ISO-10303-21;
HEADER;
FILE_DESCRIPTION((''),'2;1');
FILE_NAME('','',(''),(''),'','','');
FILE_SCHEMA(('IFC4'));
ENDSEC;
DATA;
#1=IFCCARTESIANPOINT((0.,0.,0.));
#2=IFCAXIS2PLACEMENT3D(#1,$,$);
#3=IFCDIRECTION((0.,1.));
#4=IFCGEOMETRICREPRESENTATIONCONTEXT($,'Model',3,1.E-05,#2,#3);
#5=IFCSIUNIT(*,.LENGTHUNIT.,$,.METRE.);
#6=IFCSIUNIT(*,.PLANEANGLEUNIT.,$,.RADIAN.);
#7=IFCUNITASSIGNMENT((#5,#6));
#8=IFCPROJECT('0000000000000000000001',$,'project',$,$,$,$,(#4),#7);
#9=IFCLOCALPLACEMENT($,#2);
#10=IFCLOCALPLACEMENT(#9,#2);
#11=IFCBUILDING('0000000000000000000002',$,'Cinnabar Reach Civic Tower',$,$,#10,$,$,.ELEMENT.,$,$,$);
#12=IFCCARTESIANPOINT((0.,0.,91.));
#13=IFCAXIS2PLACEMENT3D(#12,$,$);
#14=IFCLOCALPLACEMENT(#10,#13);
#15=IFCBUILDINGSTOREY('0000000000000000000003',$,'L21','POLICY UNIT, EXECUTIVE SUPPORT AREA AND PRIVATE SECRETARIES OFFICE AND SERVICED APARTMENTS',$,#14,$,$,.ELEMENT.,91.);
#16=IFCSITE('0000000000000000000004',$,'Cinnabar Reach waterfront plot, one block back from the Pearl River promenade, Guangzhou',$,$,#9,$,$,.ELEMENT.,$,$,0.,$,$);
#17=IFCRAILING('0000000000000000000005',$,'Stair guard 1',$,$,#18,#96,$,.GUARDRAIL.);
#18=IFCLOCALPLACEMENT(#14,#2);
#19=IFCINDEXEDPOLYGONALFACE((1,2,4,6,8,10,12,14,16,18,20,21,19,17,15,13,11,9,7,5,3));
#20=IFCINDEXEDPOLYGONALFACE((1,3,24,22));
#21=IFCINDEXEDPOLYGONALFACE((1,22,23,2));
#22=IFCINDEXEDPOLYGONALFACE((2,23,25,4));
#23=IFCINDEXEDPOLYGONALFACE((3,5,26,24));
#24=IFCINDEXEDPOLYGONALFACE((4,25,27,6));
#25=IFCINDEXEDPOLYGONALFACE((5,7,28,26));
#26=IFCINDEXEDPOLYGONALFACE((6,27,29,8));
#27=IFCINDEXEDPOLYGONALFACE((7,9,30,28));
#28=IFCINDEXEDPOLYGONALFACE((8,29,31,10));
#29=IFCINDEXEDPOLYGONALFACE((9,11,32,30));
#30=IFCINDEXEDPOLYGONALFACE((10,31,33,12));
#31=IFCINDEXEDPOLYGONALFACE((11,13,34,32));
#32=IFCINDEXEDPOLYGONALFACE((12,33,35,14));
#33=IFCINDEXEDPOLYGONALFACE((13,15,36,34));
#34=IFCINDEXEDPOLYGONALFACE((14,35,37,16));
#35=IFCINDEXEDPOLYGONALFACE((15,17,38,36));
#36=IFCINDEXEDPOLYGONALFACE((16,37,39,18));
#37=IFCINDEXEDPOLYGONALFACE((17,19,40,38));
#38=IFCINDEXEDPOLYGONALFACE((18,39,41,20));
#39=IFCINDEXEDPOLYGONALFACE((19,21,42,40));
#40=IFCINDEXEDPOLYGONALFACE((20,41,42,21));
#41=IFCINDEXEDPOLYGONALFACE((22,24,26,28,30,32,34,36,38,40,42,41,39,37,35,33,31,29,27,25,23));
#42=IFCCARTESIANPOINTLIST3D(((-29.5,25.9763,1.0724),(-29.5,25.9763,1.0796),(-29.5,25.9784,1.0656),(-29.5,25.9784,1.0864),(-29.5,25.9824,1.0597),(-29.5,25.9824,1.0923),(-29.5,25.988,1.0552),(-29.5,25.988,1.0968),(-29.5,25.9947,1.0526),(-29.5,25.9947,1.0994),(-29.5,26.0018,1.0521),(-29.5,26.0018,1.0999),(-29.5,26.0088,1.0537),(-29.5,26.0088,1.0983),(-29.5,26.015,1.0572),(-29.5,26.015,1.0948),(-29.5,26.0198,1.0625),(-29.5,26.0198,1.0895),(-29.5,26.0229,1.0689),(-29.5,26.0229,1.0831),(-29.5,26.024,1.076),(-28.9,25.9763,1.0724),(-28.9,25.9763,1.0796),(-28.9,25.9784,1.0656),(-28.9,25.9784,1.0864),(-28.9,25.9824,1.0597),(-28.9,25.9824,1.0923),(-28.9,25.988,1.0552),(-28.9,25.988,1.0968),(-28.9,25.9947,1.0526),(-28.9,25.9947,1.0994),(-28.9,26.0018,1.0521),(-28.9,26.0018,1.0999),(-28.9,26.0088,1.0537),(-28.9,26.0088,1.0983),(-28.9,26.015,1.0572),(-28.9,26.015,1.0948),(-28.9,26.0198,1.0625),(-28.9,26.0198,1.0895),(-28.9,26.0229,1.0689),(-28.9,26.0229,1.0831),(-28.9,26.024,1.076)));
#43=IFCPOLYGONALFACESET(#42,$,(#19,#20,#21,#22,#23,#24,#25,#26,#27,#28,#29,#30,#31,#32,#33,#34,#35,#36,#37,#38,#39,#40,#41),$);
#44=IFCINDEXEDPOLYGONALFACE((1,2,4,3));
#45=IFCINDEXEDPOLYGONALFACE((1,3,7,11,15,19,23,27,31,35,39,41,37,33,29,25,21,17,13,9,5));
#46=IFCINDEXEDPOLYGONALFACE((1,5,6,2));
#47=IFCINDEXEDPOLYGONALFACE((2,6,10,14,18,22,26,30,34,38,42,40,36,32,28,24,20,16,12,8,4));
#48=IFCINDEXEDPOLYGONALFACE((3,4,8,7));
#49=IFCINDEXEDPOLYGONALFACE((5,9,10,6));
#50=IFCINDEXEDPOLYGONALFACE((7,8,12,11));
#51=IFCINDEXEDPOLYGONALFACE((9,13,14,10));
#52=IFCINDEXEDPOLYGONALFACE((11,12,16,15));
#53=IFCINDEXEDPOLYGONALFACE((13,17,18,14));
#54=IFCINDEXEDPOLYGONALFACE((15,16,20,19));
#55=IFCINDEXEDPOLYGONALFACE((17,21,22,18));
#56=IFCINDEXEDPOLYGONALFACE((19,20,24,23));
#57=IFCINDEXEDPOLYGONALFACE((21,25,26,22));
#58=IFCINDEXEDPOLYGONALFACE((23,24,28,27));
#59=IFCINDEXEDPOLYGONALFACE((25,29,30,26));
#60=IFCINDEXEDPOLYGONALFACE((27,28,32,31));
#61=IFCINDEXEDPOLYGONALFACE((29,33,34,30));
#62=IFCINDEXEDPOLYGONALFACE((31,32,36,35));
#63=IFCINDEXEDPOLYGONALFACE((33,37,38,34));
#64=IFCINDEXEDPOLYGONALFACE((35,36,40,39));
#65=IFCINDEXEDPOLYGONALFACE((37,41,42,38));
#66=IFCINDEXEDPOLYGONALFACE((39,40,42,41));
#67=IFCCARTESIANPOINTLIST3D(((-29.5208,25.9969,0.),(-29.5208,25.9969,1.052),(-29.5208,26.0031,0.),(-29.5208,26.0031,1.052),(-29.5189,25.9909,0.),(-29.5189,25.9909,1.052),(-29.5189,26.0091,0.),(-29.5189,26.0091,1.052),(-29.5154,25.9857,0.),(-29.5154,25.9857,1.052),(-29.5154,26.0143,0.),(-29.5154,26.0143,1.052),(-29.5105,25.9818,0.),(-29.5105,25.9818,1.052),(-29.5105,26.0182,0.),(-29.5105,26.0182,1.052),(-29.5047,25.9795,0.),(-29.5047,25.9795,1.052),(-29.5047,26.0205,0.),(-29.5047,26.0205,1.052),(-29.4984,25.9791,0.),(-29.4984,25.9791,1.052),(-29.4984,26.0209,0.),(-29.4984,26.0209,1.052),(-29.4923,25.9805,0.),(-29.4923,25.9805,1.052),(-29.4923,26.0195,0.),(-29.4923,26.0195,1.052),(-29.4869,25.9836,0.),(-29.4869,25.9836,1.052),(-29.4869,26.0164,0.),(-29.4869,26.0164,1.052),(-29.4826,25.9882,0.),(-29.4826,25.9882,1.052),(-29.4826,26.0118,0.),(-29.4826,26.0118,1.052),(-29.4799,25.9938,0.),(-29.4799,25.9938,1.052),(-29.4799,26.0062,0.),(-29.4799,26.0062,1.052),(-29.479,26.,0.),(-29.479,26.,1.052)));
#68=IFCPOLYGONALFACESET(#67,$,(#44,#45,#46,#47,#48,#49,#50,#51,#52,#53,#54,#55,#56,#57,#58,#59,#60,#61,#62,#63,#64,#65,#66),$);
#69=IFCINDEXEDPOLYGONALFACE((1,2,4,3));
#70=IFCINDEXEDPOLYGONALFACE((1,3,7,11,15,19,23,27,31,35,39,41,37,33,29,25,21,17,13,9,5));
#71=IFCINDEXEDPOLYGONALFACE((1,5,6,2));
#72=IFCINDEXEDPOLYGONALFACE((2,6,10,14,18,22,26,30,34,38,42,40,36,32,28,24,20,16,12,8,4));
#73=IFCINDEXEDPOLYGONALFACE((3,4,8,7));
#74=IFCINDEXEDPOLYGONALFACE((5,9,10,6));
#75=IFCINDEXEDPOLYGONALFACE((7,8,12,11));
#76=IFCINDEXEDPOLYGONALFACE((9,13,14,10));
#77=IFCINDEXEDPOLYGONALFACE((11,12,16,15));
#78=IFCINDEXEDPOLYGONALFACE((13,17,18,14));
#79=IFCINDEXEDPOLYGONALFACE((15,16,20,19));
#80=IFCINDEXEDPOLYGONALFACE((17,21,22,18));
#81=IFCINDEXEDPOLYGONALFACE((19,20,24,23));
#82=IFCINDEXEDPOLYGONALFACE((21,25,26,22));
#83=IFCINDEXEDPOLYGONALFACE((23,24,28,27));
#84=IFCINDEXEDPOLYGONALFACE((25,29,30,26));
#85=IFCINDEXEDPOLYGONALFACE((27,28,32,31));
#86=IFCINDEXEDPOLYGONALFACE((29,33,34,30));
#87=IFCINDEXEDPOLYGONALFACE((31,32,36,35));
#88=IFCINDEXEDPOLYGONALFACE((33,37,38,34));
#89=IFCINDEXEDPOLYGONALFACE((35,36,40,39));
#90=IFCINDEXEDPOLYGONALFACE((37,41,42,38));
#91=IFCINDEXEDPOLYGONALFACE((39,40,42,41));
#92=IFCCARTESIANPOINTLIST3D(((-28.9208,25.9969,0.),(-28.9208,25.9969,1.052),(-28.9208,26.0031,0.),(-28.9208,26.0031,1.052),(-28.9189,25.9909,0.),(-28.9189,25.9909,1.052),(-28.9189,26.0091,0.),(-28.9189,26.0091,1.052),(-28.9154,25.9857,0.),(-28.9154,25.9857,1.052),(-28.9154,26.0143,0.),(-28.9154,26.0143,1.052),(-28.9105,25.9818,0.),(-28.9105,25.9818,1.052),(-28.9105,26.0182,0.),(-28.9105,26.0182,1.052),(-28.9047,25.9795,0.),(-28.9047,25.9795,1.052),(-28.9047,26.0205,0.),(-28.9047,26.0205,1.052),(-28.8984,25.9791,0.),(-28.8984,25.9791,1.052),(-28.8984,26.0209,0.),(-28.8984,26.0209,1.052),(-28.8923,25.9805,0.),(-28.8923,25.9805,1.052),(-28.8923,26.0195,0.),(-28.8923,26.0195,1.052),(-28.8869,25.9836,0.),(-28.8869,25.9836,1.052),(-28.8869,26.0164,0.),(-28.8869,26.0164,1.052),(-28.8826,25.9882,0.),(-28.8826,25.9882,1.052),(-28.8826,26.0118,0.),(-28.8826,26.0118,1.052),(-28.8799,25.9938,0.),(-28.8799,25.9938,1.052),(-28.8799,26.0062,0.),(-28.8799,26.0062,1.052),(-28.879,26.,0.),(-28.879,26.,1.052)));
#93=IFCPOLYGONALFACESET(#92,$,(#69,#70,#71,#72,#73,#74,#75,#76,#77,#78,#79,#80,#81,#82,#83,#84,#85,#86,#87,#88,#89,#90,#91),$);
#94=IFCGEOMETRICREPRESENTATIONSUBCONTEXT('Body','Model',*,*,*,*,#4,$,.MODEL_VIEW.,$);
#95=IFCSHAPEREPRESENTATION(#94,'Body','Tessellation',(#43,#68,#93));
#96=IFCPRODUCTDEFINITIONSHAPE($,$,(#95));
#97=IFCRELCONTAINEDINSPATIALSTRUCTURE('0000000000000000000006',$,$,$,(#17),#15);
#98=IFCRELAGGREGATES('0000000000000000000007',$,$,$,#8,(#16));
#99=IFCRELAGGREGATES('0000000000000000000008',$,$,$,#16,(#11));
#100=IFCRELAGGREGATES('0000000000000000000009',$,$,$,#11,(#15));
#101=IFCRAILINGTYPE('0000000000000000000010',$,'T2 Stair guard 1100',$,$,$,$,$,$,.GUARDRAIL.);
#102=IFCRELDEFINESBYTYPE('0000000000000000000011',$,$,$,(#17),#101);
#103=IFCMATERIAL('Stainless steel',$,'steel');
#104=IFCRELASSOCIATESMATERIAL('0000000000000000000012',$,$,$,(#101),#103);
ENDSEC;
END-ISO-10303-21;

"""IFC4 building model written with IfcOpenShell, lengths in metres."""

from ifc_helpers import new_model, si_unit, direction, frame, origin, origin_2d, place, context, subcontext, project, spatial, circle, extrude, material, type_object, element, save


model = new_model("IFC4")

# Units and contexts
model_context = context("Model", 3, precision=1e-05, world=origin(), true_north=direction((0.0, 1.0)))
body_context = subcontext(model_context, "Body", "Model", "MODEL_VIEW")
ifc_project = project(units=[si_unit("LENGTHUNIT", "METRE"), si_unit("PLANEANGLEUNIT", "RADIAN")], contexts=[model_context])

# Site, building, storey
site_placement = place(None, origin())
site = spatial("IfcSite", under=ifc_project, at=site_placement, Name="Cinnabar Reach waterfront plot, one block back from the Pearl River promenade, Guangzhou", CompositionType="ELEMENT", RefElevation=0.0)
building_placement = place(site_placement, origin())
building = spatial("IfcBuilding", under=site, at=building_placement, Name="Cinnabar Reach Civic Tower", CompositionType="ELEMENT")
storey_placement = place(building_placement, frame((0.0, 0.0, 91.0)))
storey = spatial("IfcBuildingStorey", under=building, at=storey_placement, Name="L21", Description="POLICY UNIT, EXECUTIVE SUPPORT AREA AND PRIVATE SECRETARIES OFFICE AND SERVICED APARTMENTS", CompositionType="ELEMENT", Elevation=91.0)

# Railing
ifc_material_1 = material(Name="Stainless steel", Category="steel")
railing_type = type_object("IfcRailingType", Name="T2 Stair guard 1100", PredefinedType="GUARDRAIL", material=ifc_material_1)
railing_1_placement = place(storey_placement, frame((-29.5, 26.0, 0.0)))
element("IfcRailing", 1, at=railing_1_placement, inside=storey, type_object=railing_type, Name="Stair guard 1", PredefinedType="GUARDRAIL", context=body_context, shape_type="SweptSolid", body=[
    extrude(circle(Radius=0.024, at=origin_2d()), frame((0.0, 0.0, 1.076), z_axis=(1.0, 0.0, 0.0), x_axis=(0.0, 1.0, 0.0)), (0.0, 0.0, 1.0), 0.6),
    extrude(circle(Radius=0.021, at=origin_2d()), origin(), (0.0, 0.0, 1.0), 1.052),
    extrude(circle(Radius=0.021, at=origin_2d()), frame((0.6, 0.0, 0.0)), (0.0, 0.0, 1.0), 1.052),
])

save(model, "model.ifc")
